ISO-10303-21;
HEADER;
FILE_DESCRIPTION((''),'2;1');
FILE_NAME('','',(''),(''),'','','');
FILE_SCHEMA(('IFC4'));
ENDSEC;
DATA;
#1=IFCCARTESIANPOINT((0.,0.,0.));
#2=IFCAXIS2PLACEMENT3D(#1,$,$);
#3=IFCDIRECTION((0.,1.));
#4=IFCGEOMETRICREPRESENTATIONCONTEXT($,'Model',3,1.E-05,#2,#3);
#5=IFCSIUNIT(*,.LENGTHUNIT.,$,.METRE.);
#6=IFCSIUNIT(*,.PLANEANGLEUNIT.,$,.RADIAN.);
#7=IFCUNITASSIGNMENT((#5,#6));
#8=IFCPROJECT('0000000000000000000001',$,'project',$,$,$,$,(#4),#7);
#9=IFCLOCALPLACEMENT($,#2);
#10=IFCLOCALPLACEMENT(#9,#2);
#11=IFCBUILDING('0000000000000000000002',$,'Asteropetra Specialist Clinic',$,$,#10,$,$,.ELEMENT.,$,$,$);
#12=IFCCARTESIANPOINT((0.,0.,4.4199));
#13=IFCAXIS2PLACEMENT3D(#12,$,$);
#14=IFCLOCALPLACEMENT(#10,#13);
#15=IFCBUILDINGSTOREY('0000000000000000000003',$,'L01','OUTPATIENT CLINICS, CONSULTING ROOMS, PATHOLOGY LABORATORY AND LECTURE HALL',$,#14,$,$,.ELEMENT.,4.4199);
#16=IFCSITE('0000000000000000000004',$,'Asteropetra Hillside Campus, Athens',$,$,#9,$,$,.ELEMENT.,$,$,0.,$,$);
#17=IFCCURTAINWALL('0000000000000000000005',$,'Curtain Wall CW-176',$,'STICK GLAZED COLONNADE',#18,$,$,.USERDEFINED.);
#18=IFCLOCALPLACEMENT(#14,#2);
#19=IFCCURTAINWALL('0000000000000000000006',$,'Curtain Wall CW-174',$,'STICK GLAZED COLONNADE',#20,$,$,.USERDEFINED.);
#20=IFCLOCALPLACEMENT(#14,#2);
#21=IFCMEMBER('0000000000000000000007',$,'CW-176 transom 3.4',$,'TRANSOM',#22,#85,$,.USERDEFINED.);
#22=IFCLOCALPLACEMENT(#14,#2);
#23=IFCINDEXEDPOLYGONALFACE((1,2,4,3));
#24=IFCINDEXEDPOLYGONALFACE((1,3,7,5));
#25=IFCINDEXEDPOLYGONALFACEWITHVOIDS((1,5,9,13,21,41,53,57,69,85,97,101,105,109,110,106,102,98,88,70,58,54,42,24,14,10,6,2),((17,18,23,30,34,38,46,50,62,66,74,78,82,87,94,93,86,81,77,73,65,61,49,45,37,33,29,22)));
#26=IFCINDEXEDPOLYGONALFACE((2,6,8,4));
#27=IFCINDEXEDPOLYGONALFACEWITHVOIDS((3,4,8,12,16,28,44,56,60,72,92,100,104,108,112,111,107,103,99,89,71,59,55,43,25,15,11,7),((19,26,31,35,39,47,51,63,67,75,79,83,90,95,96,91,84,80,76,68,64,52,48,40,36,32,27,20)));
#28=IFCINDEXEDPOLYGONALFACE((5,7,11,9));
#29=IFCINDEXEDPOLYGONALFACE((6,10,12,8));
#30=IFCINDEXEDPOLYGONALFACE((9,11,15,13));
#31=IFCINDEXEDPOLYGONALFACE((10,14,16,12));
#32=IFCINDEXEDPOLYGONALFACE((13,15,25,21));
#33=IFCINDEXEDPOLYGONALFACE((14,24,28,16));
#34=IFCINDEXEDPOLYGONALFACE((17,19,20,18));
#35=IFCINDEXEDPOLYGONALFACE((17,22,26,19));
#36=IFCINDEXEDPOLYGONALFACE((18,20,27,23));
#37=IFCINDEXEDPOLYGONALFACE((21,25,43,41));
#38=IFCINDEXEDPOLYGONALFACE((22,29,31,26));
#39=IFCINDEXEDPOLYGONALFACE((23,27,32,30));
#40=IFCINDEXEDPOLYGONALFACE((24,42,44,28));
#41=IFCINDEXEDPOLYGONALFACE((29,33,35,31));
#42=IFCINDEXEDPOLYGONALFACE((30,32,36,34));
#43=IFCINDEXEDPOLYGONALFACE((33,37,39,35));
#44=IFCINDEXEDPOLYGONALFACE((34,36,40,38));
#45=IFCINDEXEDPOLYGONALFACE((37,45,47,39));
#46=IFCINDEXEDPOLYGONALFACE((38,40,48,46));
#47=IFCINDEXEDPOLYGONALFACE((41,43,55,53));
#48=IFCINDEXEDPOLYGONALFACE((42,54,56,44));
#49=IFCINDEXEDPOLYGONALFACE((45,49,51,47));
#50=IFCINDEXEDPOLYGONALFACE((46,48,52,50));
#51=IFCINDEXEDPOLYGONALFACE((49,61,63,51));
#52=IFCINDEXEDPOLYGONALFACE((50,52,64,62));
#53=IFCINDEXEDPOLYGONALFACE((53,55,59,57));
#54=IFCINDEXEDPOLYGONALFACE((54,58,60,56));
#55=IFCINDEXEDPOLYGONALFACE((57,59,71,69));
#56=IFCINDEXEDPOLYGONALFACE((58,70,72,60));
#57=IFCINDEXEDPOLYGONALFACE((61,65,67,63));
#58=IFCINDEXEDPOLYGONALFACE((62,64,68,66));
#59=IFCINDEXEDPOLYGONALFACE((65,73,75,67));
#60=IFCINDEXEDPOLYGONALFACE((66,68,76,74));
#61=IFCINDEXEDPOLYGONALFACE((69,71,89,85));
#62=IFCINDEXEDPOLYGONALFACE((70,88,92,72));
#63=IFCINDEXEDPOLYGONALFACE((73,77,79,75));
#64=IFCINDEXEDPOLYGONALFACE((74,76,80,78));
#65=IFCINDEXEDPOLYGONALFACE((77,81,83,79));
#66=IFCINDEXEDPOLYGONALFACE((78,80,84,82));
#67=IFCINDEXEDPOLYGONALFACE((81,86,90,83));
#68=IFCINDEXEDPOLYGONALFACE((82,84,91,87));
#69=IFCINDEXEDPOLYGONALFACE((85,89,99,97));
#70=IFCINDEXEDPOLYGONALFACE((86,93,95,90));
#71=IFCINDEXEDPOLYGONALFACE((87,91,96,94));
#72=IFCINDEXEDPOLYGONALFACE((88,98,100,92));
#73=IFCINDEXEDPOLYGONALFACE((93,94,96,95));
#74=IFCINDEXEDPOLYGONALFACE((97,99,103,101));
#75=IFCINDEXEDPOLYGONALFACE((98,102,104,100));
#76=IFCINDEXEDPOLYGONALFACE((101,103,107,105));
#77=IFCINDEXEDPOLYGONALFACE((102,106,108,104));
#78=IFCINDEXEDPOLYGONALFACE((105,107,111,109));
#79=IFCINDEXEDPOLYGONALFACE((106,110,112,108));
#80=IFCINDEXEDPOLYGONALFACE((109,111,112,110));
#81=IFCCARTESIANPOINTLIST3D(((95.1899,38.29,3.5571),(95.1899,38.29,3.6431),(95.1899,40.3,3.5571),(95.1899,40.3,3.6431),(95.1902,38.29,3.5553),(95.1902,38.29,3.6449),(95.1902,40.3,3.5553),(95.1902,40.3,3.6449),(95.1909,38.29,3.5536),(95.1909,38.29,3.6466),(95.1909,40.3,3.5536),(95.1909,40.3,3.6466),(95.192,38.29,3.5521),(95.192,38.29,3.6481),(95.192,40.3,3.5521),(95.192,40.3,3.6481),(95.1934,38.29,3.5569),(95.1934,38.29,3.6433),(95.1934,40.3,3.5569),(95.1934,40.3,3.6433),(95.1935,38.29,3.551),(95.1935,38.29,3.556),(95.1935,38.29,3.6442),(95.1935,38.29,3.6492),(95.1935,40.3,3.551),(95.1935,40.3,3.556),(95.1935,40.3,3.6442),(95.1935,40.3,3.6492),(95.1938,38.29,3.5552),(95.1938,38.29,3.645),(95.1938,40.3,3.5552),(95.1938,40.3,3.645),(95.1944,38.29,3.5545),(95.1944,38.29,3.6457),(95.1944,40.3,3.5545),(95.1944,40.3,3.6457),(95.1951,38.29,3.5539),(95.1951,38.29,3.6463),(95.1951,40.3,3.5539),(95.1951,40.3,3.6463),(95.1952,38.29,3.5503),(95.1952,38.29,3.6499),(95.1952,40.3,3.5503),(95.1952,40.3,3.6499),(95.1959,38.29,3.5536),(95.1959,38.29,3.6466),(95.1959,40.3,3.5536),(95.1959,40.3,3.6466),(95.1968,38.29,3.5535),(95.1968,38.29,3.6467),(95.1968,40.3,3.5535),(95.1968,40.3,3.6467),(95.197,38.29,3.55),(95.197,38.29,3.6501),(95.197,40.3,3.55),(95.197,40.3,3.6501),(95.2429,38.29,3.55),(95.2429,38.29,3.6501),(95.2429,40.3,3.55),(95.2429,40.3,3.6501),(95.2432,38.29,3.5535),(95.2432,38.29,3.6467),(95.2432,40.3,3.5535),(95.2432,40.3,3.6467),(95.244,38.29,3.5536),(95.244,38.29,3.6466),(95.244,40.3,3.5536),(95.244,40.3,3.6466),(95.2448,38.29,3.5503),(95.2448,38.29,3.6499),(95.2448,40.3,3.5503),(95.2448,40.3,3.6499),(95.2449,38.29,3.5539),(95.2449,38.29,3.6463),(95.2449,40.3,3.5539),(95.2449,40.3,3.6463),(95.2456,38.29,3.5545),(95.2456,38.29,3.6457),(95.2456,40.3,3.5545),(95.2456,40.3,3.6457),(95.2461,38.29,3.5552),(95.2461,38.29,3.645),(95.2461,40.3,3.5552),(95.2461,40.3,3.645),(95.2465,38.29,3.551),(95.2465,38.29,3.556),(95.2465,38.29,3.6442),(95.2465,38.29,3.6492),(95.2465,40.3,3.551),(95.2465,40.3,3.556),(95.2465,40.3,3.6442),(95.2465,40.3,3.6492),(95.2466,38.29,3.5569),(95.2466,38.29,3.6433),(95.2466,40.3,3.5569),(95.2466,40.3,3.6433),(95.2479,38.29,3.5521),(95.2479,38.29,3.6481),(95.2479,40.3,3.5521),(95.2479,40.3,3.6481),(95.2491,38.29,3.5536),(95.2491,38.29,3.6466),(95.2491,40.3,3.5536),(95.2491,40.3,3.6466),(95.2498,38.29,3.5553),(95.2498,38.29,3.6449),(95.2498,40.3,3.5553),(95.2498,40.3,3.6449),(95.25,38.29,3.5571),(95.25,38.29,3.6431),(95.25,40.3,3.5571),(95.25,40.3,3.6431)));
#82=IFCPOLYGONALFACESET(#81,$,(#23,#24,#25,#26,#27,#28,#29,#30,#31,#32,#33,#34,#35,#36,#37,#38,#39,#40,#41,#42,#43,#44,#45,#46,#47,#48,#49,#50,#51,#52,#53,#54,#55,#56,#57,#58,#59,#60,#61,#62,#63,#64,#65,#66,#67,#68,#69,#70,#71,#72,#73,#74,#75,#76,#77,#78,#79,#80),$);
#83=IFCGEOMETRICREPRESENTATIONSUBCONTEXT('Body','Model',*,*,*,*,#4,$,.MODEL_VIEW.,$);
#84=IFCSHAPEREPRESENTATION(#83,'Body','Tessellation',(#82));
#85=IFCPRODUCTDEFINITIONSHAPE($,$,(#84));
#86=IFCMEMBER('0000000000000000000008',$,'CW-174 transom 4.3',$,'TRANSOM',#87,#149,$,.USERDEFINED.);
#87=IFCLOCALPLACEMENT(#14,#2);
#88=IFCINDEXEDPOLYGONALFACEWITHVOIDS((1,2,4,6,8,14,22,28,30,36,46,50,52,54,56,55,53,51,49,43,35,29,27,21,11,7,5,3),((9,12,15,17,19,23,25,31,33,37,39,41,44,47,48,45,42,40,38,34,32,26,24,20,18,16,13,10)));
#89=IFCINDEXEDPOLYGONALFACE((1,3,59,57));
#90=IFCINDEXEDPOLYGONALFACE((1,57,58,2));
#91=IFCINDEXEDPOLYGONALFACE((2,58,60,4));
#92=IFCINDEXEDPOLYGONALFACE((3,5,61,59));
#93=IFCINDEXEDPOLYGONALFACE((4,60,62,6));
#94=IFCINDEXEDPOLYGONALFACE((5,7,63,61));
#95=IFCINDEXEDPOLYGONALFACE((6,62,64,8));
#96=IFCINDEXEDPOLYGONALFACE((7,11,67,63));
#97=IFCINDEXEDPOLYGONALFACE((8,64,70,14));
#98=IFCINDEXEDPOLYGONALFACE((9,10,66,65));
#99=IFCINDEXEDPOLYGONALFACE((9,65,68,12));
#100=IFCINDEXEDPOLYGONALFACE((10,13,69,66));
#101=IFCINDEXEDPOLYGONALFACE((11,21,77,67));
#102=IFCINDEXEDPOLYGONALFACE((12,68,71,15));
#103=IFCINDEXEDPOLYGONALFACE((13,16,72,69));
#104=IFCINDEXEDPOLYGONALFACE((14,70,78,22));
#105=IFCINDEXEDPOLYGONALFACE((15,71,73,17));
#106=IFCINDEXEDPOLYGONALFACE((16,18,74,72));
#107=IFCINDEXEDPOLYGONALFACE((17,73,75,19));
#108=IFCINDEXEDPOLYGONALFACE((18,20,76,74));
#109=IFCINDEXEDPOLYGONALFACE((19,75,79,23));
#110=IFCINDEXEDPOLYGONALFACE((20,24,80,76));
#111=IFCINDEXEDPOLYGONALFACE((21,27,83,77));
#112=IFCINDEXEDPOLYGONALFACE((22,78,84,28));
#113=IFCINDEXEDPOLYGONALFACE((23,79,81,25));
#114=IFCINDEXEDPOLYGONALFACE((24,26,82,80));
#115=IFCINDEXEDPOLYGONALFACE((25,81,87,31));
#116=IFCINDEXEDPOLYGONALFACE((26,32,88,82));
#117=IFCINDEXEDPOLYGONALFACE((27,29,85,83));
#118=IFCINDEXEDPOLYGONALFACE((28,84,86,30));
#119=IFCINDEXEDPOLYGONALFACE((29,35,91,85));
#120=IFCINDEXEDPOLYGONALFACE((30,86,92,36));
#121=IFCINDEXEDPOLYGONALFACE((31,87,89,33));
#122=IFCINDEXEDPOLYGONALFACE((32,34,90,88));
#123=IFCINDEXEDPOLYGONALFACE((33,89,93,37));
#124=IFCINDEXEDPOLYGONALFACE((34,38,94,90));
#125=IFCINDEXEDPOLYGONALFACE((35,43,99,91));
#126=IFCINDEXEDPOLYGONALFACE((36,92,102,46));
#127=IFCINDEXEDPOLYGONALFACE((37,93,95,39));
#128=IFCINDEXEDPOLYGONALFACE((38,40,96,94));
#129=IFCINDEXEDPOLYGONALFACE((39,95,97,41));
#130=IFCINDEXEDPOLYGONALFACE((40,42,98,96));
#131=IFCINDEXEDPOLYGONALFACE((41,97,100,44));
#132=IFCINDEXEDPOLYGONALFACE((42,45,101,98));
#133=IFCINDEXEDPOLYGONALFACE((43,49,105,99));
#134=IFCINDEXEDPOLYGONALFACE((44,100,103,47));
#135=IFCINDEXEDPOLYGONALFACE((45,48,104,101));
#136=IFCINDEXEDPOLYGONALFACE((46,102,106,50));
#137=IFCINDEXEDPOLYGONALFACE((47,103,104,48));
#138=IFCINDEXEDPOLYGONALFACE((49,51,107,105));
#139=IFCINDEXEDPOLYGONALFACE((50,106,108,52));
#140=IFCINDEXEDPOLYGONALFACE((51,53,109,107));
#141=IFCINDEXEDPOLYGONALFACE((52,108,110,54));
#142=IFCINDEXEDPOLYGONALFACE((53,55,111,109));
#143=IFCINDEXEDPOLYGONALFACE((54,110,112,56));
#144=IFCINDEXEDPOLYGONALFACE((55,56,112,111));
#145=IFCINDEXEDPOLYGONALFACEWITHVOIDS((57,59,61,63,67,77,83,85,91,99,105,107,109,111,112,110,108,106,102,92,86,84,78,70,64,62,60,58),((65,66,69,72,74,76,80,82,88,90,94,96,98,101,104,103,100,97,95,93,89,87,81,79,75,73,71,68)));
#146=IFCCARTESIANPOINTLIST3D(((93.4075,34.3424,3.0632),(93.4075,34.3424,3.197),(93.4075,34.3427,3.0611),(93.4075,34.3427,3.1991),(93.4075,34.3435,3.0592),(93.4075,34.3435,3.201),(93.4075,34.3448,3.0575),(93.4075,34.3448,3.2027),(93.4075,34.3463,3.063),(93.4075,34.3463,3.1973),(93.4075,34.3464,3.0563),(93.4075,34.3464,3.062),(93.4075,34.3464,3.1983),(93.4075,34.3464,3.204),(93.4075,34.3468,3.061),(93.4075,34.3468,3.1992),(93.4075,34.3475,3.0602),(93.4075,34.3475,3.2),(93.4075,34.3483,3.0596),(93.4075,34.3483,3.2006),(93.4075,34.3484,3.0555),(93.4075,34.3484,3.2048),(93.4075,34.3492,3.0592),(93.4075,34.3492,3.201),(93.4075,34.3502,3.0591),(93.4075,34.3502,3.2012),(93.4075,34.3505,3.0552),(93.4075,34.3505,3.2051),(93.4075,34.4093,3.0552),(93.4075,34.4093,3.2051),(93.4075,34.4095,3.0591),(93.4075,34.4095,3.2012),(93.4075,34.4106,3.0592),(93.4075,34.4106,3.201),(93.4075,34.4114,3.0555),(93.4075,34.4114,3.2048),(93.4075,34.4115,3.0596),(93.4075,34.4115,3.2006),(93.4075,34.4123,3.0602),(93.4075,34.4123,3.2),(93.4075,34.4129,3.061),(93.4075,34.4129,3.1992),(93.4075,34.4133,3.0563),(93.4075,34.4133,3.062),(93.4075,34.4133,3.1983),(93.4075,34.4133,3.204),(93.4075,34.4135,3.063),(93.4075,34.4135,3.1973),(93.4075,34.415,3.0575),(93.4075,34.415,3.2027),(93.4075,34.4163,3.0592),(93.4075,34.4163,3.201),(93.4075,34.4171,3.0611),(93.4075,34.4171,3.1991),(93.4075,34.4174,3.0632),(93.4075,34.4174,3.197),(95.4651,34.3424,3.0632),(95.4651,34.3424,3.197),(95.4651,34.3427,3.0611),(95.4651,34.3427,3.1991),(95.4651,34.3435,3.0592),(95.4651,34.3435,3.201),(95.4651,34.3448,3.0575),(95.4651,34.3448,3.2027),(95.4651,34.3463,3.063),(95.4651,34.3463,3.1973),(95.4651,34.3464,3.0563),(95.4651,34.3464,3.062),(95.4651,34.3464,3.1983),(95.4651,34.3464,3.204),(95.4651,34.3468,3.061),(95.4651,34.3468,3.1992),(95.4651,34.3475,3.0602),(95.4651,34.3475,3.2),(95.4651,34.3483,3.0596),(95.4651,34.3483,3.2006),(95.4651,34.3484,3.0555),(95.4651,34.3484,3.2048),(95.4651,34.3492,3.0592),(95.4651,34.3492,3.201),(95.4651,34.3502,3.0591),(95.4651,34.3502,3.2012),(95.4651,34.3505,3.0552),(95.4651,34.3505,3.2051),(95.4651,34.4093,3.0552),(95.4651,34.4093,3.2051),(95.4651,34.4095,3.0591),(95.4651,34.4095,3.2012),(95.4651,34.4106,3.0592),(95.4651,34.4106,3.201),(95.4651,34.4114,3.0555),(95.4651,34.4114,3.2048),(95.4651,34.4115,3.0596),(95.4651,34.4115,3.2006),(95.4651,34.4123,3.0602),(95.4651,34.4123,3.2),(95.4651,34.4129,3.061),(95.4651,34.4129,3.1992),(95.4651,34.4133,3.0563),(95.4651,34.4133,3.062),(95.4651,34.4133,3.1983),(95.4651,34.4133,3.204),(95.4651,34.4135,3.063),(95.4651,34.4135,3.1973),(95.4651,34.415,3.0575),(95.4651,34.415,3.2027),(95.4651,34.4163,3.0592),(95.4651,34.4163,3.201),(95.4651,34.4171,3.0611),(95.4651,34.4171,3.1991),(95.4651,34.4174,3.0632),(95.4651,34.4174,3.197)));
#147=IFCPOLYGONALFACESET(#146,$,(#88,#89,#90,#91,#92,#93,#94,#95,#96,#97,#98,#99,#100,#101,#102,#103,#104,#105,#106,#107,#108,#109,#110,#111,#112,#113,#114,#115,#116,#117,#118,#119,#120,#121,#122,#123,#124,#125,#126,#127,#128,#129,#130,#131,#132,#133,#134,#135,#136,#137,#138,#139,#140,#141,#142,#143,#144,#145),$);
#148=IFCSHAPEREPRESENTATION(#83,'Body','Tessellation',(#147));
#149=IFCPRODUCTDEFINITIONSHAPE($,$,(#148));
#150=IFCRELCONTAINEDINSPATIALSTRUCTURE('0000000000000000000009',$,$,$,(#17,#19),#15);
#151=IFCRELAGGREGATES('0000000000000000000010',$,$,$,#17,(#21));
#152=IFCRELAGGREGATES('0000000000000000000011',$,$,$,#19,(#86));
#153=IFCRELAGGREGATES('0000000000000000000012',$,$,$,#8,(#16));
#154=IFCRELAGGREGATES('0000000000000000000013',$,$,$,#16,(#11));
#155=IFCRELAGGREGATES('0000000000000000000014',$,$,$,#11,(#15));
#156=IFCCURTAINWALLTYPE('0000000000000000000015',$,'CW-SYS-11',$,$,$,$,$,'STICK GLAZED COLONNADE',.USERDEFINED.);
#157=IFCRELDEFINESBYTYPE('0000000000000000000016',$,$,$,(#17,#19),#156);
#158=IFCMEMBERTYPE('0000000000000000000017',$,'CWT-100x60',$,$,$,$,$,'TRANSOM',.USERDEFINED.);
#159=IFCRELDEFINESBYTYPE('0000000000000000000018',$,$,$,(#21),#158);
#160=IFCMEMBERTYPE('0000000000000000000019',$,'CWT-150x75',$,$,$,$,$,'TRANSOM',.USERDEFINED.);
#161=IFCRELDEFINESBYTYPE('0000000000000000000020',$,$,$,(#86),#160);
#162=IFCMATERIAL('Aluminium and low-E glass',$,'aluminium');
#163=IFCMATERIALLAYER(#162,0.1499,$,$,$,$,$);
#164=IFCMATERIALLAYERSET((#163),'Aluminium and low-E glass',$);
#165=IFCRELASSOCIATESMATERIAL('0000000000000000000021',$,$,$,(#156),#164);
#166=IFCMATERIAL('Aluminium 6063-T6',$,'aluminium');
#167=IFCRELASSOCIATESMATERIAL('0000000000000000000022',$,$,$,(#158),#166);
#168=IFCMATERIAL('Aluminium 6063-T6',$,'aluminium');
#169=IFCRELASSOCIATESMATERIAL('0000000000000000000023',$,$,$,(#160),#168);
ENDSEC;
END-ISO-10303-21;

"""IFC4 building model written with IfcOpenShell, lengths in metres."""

from ifc_helpers import new_model, si_unit, direction, frame, origin, origin_2d, place, context, subcontext, project, spatial, hollow_rectangle, extrude, material, layer, layer_set, material_profile, profile_set, type_object, element, aggregate, save


model = new_model("IFC4")

# Units and contexts
model_context = context("Model", 3, precision=1e-05, world=origin(), true_north=direction((0.0, 1.0)))
body_context = subcontext(model_context, "Body", "Model", "MODEL_VIEW")
ifc_project = project(units=[si_unit("LENGTHUNIT", "METRE"), si_unit("PLANEANGLEUNIT", "RADIAN")], contexts=[model_context])

# Site, building, storey
site_placement = place(None, origin())
site = spatial("IfcSite", under=ifc_project, at=site_placement, Name="Asteropetra Hillside Campus, Athens", CompositionType="ELEMENT", RefElevation=0.0)
building_placement = place(site_placement, origin())
building = spatial("IfcBuilding", under=site, at=building_placement, Name="Asteropetra Specialist Clinic", CompositionType="ELEMENT")
storey_placement = place(building_placement, frame((0.0, 0.0, 4.4199)))
storey = spatial("IfcBuildingStorey", under=building, at=storey_placement, Name="L01", Description="OUTPATIENT CLINICS, CONSULTING ROOMS, PATHOLOGY LABORATORY AND LECTURE HALL", CompositionType="ELEMENT", Elevation=4.4199)

# Curtain wall
ifc_material_1 = material(Name="Aluminium and low-E glass", Category="aluminium")
ifc_layer_1 = layer(ifc_material_1, 0.1499)
ifc_layer_set_1 = layer_set([ifc_layer_1], Name="Aluminium and low-E glass")
curtain_wall_type = type_object("IfcCurtainWallType", Name="CW-SYS-11", ElementType="STICK GLAZED COLONNADE", PredefinedType="USERDEFINED", material=ifc_layer_set_1)
curtain_wall_1_placement = place(storey_placement, origin())
curtain_wall_1 = element("IfcCurtainWall", 1, at=curtain_wall_1_placement, inside=storey, type_object=curtain_wall_type, Name="Curtain Wall CW-176", ObjectType="STICK GLAZED COLONNADE", PredefinedType="USERDEFINED")

# Curtain wall
curtain_wall_2_placement = place(storey_placement, origin())
curtain_wall_2 = element("IfcCurtainWall", 2, at=curtain_wall_2_placement, inside=storey, type_object=curtain_wall_type, Name="Curtain Wall CW-174", ObjectType="STICK GLAZED COLONNADE", PredefinedType="USERDEFINED")

# Members
ifc_material_2 = material(Name="Aluminium 6063-T6", Category="aluminium")
ifc_material_profile_1 = material_profile(ifc_material_2, hollow_rectangle(XDim=0.0601, YDim=0.1001, WallThickness=0.0034, InnerFilletRadius=0.0034, OuterFilletRadius=0.0071, at=origin_2d()), Name="TRN 100x60x3.5")
ifc_profile_set_1 = profile_set([ifc_material_profile_1], Name="Aluminium 6063-T6")
member_type_1 = type_object("IfcMemberType", Name="CWT-100x60", ElementType="TRANSOM", PredefinedType="USERDEFINED", material=ifc_profile_set_1)
member_1_placement = place(storey_placement, frame((95.22, 38.29, 3.6001), z_axis=(0.0, 1.0, 0.0), x_axis=(-1.0, 0.0, 0.0)))
member_1 = element("IfcMember", 3, at=member_1_placement, type_object=member_type_1, Name="CW-176 transom 3.4", ObjectType="TRANSOM", PredefinedType="USERDEFINED", context=body_context, shape_type="SweptSolid", body=[
    extrude(hollow_rectangle(XDim=0.0601, YDim=0.1001, WallThickness=0.0034, InnerFilletRadius=0.0034, OuterFilletRadius=0.0071, at=origin_2d()), origin(), (0.0, 0.0, 1.0), 2.01),
])
ifc_material_3 = material(Name="Aluminium 6063-T6", Category="aluminium")
ifc_material_profile_2 = material_profile(ifc_material_3, hollow_rectangle(XDim=0.075, YDim=0.1499, WallThickness=0.0039, InnerFilletRadius=0.0039, OuterFilletRadius=0.0081, at=origin_2d()), Name="TRN 150x75x4.0")
ifc_profile_set_2 = profile_set([ifc_material_profile_2], Name="Aluminium 6063-T6")
member_type_2 = type_object("IfcMemberType", Name="CWT-150x75", ElementType="TRANSOM", PredefinedType="USERDEFINED", material=ifc_profile_set_2)
member_2_placement = place(storey_placement, frame((93.4075, 34.3799, 3.1301), z_axis=(1.0, 0.0, 0.0), x_axis=(0.0, 1.0, 0.0)))
member_2 = element("IfcMember", 4, at=member_2_placement, type_object=member_type_2, Name="CW-174 transom 4.3", ObjectType="TRANSOM", PredefinedType="USERDEFINED", context=body_context, shape_type="SweptSolid", body=[
    extrude(hollow_rectangle(XDim=0.075, YDim=0.1499, WallThickness=0.0039, InnerFilletRadius=0.0039, OuterFilletRadius=0.0081, at=origin_2d()), origin(), (0.0, 0.0, 1.0), 2.0576),
])

aggregate(curtain_wall_1, [member_1])
aggregate(curtain_wall_2, [member_2])

save(model, "model.ifc")
